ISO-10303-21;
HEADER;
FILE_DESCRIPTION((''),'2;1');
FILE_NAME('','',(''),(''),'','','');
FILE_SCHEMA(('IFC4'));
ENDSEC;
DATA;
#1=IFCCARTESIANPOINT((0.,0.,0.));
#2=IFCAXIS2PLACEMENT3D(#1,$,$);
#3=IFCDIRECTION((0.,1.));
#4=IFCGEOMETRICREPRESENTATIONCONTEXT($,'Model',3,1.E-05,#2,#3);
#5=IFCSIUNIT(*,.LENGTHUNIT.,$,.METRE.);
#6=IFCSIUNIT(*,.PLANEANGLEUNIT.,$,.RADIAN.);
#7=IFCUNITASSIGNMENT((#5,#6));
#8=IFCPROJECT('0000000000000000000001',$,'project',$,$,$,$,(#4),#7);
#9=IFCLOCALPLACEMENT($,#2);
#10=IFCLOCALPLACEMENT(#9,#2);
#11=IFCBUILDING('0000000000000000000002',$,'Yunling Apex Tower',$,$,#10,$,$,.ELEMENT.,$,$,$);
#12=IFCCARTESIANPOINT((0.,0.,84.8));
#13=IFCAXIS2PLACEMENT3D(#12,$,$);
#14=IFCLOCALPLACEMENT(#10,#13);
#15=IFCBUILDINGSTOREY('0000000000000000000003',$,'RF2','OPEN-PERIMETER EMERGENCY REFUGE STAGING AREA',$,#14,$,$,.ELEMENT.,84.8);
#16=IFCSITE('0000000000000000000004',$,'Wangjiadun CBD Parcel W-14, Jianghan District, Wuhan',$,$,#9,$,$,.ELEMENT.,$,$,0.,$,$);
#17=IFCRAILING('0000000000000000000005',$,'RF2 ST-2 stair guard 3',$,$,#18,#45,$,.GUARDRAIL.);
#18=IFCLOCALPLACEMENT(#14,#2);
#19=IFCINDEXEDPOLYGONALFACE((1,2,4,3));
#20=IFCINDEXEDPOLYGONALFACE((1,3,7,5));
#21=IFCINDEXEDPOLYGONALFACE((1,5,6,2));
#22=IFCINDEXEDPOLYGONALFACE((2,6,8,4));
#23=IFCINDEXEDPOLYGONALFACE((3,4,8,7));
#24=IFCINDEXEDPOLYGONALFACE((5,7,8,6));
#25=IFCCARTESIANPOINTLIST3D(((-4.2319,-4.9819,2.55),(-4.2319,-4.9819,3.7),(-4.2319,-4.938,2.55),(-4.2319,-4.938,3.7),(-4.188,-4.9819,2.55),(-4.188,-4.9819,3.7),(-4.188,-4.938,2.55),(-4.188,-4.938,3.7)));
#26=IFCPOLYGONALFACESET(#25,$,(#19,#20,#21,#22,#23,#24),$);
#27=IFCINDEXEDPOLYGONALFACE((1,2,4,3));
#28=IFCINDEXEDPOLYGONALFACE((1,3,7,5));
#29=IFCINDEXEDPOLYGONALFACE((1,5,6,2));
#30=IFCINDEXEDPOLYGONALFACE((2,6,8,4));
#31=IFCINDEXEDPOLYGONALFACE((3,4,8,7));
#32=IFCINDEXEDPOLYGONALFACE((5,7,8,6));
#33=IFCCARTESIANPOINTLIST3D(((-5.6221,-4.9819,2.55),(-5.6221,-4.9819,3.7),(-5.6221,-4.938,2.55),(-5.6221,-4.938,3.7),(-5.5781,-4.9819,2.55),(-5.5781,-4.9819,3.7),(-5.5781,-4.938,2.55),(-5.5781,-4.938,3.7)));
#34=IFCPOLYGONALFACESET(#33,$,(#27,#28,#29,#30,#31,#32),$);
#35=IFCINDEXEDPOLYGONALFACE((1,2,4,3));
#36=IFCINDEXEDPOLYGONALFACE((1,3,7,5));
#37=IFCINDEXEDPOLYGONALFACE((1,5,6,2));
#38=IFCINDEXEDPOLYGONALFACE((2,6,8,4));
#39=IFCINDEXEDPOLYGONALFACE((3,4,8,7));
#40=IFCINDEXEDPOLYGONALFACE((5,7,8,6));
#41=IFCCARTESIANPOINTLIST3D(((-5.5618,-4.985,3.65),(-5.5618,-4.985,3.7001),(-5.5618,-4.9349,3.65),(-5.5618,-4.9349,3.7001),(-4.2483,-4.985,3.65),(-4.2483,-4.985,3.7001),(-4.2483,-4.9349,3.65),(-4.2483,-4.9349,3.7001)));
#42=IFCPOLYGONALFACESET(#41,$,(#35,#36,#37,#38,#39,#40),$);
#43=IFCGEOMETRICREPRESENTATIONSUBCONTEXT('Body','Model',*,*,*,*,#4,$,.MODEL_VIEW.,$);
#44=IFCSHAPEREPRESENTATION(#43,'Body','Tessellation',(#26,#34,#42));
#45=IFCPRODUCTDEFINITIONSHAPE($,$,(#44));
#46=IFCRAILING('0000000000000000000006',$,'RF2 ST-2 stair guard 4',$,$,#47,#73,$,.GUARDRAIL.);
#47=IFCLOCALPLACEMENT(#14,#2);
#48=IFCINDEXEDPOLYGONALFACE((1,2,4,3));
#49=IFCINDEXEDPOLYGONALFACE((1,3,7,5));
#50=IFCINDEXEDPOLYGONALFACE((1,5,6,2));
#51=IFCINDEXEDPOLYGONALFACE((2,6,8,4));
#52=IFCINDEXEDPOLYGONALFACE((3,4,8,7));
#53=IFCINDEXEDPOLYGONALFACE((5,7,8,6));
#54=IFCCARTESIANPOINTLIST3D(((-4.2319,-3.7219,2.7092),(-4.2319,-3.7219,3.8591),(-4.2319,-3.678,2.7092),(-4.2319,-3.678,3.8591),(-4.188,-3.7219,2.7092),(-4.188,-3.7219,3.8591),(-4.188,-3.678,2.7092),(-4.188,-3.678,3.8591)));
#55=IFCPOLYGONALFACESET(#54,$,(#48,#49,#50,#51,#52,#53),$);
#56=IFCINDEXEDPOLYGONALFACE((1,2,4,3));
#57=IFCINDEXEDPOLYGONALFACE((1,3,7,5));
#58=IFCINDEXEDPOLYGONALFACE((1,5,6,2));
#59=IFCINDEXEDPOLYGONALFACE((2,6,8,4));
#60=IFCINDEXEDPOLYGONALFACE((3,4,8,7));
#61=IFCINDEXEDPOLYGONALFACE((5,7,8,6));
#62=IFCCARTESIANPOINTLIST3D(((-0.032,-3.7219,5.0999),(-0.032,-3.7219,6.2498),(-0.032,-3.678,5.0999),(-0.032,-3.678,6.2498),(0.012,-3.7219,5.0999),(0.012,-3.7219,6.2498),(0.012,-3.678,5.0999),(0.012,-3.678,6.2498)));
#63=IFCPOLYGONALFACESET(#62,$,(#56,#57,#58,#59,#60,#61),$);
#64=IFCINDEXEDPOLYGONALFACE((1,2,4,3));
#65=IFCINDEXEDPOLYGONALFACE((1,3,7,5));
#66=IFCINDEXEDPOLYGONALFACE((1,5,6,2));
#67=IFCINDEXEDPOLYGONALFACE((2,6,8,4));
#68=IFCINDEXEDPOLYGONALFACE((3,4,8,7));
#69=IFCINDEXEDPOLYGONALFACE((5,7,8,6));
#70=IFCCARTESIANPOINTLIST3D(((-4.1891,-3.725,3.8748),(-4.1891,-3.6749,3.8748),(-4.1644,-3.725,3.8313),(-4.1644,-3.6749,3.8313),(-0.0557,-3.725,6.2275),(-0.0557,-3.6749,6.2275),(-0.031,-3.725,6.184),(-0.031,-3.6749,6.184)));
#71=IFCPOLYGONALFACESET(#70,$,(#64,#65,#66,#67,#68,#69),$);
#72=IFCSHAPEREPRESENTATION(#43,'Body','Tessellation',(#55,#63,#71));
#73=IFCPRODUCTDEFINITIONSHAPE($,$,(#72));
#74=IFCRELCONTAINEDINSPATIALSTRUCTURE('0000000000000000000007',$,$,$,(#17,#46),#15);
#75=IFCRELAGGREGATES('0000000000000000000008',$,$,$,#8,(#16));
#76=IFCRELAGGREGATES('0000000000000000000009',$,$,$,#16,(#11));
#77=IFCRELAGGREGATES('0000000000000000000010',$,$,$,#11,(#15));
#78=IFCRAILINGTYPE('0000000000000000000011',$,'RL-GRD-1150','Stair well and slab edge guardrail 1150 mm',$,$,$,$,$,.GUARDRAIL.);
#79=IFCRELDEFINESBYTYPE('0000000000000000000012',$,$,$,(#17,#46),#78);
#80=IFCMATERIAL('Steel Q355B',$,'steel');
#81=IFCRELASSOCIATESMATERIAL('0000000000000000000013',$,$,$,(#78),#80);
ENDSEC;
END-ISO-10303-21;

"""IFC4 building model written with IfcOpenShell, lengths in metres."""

from ifc_helpers import new_model, si_unit, direction, frame, origin, origin_2d, place, context, subcontext, project, spatial, rectangle, extrude, material, type_object, element, save


model = new_model("IFC4")

# Units and contexts
model_context = context("Model", 3, precision=1e-05, world=origin(), true_north=direction((0.0, 1.0)))
body_context = subcontext(model_context, "Body", "Model", "MODEL_VIEW")
ifc_project = project(units=[si_unit("LENGTHUNIT", "METRE"), si_unit("PLANEANGLEUNIT", "RADIAN")], contexts=[model_context])

# Site, building, storey
site_placement = place(None, origin())
site = spatial("IfcSite", under=ifc_project, at=site_placement, Name="Wangjiadun CBD Parcel W-14, Jianghan District, Wuhan", CompositionType="ELEMENT", RefElevation=0.0)
building_placement = place(site_placement, origin())
building = spatial("IfcBuilding", under=site, at=building_placement, Name="Yunling Apex Tower", CompositionType="ELEMENT")
storey_placement = place(building_placement, frame((0.0, 0.0, 84.8)))
storey = spatial("IfcBuildingStorey", under=building, at=storey_placement, Name="RF2", Description="OPEN-PERIMETER EMERGENCY REFUGE STAGING AREA", CompositionType="ELEMENT", Elevation=84.8)

# Shared definitions
ifc_material_1 = material(Name="Steel Q355B", Category="steel")

# Railings
railing_type = type_object("IfcRailingType", Name="RL-GRD-1150", Description="Stair well and slab edge guardrail 1150 mm", PredefinedType="GUARDRAIL", material=ifc_material_1)
railing_1_placement = place(storey_placement, frame((-4.21, -4.96, 2.55)))
element("IfcRailing", 1, at=railing_1_placement, inside=storey, type_object=railing_type, Name="RF2 ST-2 stair guard 3", PredefinedType="GUARDRAIL", context=body_context, shape_type="SweptSolid", body=[
    extrude(rectangle(XDim=0.0439, YDim=0.0439, at=origin_2d()), origin(), (0.0, 0.0, 1.0), 1.1499),
    extrude(rectangle(XDim=0.0439, YDim=0.0439, at=origin_2d()), frame((-1.3901, 0.0, 0.0)), (0.0, 0.0, 1.0), 1.1499),
    extrude(rectangle(XDim=0.05, YDim=0.05, at=origin_2d()), frame((-0.0383, 0.0, 1.125), z_axis=(-1.0, 0.0, 0.0), x_axis=(0.0, -1.0, 0.0)), (0.0, 0.0, 1.0), 1.3135),
])
railing_2_placement = place(storey_placement, frame((-4.21, -3.7, 2.7092)))
element("IfcRailing", 2, at=railing_2_placement, inside=storey, type_object=railing_type, Name="RF2 ST-2 stair guard 4", PredefinedType="GUARDRAIL", context=body_context, shape_type="SweptSolid", body=[
    extrude(rectangle(XDim=0.0439, YDim=0.0439, at=origin_2d()), origin(), (0.0, 0.0, 1.0), 1.1499),
    extrude(rectangle(XDim=0.0439, YDim=0.0439, at=origin_2d()), frame((4.2, 0.0, 2.3906)), (0.0, 0.0, 1.0), 1.1499),
    extrude(rectangle(XDim=0.05, YDim=0.05, at=origin_2d()), frame((0.0332, 0.0, 1.1438), z_axis=(0.869075, 0.0, 0.49468), x_axis=(0.0, 1.0, 0.0)), (0.0, 0.0, 1.0), 4.7561),
])

save(model, "model.ifc")
